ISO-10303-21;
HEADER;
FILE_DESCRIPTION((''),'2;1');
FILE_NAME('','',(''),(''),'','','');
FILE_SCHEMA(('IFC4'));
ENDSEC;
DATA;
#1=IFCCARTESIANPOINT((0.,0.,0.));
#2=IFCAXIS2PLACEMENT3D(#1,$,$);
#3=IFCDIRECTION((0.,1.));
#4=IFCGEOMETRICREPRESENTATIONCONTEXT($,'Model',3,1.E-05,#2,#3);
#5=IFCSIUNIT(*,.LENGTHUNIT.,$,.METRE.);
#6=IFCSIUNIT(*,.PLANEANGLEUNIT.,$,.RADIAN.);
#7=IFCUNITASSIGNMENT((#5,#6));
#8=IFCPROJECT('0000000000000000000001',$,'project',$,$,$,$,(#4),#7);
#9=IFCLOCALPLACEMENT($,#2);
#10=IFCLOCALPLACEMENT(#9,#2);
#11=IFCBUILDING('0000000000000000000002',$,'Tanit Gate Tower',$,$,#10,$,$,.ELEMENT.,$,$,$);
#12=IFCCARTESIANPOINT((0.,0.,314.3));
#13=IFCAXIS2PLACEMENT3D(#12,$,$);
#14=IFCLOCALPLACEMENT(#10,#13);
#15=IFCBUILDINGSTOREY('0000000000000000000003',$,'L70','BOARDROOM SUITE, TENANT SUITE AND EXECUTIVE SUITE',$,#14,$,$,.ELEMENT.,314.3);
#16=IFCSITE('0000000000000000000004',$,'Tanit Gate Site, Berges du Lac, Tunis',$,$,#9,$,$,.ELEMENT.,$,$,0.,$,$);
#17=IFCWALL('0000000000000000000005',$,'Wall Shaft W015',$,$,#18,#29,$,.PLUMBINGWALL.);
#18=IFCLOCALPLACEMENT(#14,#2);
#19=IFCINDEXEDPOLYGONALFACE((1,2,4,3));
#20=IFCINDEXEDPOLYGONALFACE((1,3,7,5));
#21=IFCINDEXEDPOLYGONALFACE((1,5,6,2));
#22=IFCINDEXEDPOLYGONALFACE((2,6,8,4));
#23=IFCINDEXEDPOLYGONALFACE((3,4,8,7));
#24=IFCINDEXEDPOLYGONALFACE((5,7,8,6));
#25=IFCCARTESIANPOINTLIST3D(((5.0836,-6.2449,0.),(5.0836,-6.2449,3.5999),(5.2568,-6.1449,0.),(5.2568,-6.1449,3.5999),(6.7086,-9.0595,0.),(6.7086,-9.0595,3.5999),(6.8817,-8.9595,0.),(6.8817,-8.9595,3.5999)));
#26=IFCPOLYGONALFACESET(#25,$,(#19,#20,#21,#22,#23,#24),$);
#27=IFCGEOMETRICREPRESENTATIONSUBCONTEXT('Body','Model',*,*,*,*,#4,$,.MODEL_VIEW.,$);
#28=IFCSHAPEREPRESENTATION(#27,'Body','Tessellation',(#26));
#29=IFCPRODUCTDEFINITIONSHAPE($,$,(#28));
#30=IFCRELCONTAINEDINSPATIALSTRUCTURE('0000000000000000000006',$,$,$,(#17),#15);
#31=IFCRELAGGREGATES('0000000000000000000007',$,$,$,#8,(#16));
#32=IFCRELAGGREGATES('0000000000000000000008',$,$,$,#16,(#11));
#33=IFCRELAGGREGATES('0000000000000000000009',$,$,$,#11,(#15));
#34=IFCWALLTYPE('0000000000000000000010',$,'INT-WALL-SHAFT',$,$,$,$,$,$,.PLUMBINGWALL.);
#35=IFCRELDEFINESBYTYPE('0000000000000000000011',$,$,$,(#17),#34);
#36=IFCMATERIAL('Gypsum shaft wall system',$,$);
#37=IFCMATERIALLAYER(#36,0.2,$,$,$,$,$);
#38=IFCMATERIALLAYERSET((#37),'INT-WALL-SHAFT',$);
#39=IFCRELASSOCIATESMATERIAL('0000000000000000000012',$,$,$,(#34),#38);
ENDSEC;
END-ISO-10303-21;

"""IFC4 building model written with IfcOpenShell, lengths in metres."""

from ifc_helpers import new_model, si_unit, direction, frame, frame_2d, origin, place, context, subcontext, project, spatial, rectangle, extrude, material, layer, layer_set, type_object, element, save


model = new_model("IFC4")

# Units and contexts
model_context = context("Model", 3, precision=1e-05, world=origin(), true_north=direction((0.0, 1.0)))
body_context = subcontext(model_context, "Body", "Model", "MODEL_VIEW")
ifc_project = project(units=[si_unit("LENGTHUNIT", "METRE"), si_unit("PLANEANGLEUNIT", "RADIAN")], contexts=[model_context])

# Site, building, storey
site_placement = place(None, origin())
site = spatial("IfcSite", under=ifc_project, at=site_placement, Name="Tanit Gate Site, Berges du Lac, Tunis", CompositionType="ELEMENT", RefElevation=0.0)
building_placement = place(site_placement, origin())
building = spatial("IfcBuilding", under=site, at=building_placement, Name="Tanit Gate Tower", CompositionType="ELEMENT")
storey_placement = place(building_placement, frame((0.0, 0.0, 314.3)))
storey = spatial("IfcBuildingStorey", under=building, at=storey_placement, Name="L70", Description="BOARDROOM SUITE, TENANT SUITE AND EXECUTIVE SUITE", CompositionType="ELEMENT", Elevation=314.3)

# Wall
ifc_material_1 = material(Name="Gypsum shaft wall system")
ifc_layer_1 = layer(ifc_material_1, 0.2)
ifc_layer_set_1 = layer_set([ifc_layer_1], Name="INT-WALL-SHAFT")
wall_type_1 = type_object("IfcWallType", Name="INT-WALL-SHAFT", PredefinedType="PLUMBINGWALL", material=ifc_layer_set_1)
wall_1_placement = place(storey_placement, frame((6.7952, -9.0095, 0.0), z_axis=(0.0, 0.0, 1.0), x_axis=(-0.499985, 0.866034, 0.0)))
element("IfcWall", 1, at=wall_1_placement, inside=storey, type_object=wall_type_1, Name="Wall Shaft W015", PredefinedType="PLUMBINGWALL", context=body_context, shape_type="SweptSolid", body=[
    extrude(rectangle(XDim=3.25, YDim=0.2, at=frame_2d((1.625, 0.0))), origin(), (0.0, 0.0, 1.0), 3.5999),
])

save(model, "model.ifc")
